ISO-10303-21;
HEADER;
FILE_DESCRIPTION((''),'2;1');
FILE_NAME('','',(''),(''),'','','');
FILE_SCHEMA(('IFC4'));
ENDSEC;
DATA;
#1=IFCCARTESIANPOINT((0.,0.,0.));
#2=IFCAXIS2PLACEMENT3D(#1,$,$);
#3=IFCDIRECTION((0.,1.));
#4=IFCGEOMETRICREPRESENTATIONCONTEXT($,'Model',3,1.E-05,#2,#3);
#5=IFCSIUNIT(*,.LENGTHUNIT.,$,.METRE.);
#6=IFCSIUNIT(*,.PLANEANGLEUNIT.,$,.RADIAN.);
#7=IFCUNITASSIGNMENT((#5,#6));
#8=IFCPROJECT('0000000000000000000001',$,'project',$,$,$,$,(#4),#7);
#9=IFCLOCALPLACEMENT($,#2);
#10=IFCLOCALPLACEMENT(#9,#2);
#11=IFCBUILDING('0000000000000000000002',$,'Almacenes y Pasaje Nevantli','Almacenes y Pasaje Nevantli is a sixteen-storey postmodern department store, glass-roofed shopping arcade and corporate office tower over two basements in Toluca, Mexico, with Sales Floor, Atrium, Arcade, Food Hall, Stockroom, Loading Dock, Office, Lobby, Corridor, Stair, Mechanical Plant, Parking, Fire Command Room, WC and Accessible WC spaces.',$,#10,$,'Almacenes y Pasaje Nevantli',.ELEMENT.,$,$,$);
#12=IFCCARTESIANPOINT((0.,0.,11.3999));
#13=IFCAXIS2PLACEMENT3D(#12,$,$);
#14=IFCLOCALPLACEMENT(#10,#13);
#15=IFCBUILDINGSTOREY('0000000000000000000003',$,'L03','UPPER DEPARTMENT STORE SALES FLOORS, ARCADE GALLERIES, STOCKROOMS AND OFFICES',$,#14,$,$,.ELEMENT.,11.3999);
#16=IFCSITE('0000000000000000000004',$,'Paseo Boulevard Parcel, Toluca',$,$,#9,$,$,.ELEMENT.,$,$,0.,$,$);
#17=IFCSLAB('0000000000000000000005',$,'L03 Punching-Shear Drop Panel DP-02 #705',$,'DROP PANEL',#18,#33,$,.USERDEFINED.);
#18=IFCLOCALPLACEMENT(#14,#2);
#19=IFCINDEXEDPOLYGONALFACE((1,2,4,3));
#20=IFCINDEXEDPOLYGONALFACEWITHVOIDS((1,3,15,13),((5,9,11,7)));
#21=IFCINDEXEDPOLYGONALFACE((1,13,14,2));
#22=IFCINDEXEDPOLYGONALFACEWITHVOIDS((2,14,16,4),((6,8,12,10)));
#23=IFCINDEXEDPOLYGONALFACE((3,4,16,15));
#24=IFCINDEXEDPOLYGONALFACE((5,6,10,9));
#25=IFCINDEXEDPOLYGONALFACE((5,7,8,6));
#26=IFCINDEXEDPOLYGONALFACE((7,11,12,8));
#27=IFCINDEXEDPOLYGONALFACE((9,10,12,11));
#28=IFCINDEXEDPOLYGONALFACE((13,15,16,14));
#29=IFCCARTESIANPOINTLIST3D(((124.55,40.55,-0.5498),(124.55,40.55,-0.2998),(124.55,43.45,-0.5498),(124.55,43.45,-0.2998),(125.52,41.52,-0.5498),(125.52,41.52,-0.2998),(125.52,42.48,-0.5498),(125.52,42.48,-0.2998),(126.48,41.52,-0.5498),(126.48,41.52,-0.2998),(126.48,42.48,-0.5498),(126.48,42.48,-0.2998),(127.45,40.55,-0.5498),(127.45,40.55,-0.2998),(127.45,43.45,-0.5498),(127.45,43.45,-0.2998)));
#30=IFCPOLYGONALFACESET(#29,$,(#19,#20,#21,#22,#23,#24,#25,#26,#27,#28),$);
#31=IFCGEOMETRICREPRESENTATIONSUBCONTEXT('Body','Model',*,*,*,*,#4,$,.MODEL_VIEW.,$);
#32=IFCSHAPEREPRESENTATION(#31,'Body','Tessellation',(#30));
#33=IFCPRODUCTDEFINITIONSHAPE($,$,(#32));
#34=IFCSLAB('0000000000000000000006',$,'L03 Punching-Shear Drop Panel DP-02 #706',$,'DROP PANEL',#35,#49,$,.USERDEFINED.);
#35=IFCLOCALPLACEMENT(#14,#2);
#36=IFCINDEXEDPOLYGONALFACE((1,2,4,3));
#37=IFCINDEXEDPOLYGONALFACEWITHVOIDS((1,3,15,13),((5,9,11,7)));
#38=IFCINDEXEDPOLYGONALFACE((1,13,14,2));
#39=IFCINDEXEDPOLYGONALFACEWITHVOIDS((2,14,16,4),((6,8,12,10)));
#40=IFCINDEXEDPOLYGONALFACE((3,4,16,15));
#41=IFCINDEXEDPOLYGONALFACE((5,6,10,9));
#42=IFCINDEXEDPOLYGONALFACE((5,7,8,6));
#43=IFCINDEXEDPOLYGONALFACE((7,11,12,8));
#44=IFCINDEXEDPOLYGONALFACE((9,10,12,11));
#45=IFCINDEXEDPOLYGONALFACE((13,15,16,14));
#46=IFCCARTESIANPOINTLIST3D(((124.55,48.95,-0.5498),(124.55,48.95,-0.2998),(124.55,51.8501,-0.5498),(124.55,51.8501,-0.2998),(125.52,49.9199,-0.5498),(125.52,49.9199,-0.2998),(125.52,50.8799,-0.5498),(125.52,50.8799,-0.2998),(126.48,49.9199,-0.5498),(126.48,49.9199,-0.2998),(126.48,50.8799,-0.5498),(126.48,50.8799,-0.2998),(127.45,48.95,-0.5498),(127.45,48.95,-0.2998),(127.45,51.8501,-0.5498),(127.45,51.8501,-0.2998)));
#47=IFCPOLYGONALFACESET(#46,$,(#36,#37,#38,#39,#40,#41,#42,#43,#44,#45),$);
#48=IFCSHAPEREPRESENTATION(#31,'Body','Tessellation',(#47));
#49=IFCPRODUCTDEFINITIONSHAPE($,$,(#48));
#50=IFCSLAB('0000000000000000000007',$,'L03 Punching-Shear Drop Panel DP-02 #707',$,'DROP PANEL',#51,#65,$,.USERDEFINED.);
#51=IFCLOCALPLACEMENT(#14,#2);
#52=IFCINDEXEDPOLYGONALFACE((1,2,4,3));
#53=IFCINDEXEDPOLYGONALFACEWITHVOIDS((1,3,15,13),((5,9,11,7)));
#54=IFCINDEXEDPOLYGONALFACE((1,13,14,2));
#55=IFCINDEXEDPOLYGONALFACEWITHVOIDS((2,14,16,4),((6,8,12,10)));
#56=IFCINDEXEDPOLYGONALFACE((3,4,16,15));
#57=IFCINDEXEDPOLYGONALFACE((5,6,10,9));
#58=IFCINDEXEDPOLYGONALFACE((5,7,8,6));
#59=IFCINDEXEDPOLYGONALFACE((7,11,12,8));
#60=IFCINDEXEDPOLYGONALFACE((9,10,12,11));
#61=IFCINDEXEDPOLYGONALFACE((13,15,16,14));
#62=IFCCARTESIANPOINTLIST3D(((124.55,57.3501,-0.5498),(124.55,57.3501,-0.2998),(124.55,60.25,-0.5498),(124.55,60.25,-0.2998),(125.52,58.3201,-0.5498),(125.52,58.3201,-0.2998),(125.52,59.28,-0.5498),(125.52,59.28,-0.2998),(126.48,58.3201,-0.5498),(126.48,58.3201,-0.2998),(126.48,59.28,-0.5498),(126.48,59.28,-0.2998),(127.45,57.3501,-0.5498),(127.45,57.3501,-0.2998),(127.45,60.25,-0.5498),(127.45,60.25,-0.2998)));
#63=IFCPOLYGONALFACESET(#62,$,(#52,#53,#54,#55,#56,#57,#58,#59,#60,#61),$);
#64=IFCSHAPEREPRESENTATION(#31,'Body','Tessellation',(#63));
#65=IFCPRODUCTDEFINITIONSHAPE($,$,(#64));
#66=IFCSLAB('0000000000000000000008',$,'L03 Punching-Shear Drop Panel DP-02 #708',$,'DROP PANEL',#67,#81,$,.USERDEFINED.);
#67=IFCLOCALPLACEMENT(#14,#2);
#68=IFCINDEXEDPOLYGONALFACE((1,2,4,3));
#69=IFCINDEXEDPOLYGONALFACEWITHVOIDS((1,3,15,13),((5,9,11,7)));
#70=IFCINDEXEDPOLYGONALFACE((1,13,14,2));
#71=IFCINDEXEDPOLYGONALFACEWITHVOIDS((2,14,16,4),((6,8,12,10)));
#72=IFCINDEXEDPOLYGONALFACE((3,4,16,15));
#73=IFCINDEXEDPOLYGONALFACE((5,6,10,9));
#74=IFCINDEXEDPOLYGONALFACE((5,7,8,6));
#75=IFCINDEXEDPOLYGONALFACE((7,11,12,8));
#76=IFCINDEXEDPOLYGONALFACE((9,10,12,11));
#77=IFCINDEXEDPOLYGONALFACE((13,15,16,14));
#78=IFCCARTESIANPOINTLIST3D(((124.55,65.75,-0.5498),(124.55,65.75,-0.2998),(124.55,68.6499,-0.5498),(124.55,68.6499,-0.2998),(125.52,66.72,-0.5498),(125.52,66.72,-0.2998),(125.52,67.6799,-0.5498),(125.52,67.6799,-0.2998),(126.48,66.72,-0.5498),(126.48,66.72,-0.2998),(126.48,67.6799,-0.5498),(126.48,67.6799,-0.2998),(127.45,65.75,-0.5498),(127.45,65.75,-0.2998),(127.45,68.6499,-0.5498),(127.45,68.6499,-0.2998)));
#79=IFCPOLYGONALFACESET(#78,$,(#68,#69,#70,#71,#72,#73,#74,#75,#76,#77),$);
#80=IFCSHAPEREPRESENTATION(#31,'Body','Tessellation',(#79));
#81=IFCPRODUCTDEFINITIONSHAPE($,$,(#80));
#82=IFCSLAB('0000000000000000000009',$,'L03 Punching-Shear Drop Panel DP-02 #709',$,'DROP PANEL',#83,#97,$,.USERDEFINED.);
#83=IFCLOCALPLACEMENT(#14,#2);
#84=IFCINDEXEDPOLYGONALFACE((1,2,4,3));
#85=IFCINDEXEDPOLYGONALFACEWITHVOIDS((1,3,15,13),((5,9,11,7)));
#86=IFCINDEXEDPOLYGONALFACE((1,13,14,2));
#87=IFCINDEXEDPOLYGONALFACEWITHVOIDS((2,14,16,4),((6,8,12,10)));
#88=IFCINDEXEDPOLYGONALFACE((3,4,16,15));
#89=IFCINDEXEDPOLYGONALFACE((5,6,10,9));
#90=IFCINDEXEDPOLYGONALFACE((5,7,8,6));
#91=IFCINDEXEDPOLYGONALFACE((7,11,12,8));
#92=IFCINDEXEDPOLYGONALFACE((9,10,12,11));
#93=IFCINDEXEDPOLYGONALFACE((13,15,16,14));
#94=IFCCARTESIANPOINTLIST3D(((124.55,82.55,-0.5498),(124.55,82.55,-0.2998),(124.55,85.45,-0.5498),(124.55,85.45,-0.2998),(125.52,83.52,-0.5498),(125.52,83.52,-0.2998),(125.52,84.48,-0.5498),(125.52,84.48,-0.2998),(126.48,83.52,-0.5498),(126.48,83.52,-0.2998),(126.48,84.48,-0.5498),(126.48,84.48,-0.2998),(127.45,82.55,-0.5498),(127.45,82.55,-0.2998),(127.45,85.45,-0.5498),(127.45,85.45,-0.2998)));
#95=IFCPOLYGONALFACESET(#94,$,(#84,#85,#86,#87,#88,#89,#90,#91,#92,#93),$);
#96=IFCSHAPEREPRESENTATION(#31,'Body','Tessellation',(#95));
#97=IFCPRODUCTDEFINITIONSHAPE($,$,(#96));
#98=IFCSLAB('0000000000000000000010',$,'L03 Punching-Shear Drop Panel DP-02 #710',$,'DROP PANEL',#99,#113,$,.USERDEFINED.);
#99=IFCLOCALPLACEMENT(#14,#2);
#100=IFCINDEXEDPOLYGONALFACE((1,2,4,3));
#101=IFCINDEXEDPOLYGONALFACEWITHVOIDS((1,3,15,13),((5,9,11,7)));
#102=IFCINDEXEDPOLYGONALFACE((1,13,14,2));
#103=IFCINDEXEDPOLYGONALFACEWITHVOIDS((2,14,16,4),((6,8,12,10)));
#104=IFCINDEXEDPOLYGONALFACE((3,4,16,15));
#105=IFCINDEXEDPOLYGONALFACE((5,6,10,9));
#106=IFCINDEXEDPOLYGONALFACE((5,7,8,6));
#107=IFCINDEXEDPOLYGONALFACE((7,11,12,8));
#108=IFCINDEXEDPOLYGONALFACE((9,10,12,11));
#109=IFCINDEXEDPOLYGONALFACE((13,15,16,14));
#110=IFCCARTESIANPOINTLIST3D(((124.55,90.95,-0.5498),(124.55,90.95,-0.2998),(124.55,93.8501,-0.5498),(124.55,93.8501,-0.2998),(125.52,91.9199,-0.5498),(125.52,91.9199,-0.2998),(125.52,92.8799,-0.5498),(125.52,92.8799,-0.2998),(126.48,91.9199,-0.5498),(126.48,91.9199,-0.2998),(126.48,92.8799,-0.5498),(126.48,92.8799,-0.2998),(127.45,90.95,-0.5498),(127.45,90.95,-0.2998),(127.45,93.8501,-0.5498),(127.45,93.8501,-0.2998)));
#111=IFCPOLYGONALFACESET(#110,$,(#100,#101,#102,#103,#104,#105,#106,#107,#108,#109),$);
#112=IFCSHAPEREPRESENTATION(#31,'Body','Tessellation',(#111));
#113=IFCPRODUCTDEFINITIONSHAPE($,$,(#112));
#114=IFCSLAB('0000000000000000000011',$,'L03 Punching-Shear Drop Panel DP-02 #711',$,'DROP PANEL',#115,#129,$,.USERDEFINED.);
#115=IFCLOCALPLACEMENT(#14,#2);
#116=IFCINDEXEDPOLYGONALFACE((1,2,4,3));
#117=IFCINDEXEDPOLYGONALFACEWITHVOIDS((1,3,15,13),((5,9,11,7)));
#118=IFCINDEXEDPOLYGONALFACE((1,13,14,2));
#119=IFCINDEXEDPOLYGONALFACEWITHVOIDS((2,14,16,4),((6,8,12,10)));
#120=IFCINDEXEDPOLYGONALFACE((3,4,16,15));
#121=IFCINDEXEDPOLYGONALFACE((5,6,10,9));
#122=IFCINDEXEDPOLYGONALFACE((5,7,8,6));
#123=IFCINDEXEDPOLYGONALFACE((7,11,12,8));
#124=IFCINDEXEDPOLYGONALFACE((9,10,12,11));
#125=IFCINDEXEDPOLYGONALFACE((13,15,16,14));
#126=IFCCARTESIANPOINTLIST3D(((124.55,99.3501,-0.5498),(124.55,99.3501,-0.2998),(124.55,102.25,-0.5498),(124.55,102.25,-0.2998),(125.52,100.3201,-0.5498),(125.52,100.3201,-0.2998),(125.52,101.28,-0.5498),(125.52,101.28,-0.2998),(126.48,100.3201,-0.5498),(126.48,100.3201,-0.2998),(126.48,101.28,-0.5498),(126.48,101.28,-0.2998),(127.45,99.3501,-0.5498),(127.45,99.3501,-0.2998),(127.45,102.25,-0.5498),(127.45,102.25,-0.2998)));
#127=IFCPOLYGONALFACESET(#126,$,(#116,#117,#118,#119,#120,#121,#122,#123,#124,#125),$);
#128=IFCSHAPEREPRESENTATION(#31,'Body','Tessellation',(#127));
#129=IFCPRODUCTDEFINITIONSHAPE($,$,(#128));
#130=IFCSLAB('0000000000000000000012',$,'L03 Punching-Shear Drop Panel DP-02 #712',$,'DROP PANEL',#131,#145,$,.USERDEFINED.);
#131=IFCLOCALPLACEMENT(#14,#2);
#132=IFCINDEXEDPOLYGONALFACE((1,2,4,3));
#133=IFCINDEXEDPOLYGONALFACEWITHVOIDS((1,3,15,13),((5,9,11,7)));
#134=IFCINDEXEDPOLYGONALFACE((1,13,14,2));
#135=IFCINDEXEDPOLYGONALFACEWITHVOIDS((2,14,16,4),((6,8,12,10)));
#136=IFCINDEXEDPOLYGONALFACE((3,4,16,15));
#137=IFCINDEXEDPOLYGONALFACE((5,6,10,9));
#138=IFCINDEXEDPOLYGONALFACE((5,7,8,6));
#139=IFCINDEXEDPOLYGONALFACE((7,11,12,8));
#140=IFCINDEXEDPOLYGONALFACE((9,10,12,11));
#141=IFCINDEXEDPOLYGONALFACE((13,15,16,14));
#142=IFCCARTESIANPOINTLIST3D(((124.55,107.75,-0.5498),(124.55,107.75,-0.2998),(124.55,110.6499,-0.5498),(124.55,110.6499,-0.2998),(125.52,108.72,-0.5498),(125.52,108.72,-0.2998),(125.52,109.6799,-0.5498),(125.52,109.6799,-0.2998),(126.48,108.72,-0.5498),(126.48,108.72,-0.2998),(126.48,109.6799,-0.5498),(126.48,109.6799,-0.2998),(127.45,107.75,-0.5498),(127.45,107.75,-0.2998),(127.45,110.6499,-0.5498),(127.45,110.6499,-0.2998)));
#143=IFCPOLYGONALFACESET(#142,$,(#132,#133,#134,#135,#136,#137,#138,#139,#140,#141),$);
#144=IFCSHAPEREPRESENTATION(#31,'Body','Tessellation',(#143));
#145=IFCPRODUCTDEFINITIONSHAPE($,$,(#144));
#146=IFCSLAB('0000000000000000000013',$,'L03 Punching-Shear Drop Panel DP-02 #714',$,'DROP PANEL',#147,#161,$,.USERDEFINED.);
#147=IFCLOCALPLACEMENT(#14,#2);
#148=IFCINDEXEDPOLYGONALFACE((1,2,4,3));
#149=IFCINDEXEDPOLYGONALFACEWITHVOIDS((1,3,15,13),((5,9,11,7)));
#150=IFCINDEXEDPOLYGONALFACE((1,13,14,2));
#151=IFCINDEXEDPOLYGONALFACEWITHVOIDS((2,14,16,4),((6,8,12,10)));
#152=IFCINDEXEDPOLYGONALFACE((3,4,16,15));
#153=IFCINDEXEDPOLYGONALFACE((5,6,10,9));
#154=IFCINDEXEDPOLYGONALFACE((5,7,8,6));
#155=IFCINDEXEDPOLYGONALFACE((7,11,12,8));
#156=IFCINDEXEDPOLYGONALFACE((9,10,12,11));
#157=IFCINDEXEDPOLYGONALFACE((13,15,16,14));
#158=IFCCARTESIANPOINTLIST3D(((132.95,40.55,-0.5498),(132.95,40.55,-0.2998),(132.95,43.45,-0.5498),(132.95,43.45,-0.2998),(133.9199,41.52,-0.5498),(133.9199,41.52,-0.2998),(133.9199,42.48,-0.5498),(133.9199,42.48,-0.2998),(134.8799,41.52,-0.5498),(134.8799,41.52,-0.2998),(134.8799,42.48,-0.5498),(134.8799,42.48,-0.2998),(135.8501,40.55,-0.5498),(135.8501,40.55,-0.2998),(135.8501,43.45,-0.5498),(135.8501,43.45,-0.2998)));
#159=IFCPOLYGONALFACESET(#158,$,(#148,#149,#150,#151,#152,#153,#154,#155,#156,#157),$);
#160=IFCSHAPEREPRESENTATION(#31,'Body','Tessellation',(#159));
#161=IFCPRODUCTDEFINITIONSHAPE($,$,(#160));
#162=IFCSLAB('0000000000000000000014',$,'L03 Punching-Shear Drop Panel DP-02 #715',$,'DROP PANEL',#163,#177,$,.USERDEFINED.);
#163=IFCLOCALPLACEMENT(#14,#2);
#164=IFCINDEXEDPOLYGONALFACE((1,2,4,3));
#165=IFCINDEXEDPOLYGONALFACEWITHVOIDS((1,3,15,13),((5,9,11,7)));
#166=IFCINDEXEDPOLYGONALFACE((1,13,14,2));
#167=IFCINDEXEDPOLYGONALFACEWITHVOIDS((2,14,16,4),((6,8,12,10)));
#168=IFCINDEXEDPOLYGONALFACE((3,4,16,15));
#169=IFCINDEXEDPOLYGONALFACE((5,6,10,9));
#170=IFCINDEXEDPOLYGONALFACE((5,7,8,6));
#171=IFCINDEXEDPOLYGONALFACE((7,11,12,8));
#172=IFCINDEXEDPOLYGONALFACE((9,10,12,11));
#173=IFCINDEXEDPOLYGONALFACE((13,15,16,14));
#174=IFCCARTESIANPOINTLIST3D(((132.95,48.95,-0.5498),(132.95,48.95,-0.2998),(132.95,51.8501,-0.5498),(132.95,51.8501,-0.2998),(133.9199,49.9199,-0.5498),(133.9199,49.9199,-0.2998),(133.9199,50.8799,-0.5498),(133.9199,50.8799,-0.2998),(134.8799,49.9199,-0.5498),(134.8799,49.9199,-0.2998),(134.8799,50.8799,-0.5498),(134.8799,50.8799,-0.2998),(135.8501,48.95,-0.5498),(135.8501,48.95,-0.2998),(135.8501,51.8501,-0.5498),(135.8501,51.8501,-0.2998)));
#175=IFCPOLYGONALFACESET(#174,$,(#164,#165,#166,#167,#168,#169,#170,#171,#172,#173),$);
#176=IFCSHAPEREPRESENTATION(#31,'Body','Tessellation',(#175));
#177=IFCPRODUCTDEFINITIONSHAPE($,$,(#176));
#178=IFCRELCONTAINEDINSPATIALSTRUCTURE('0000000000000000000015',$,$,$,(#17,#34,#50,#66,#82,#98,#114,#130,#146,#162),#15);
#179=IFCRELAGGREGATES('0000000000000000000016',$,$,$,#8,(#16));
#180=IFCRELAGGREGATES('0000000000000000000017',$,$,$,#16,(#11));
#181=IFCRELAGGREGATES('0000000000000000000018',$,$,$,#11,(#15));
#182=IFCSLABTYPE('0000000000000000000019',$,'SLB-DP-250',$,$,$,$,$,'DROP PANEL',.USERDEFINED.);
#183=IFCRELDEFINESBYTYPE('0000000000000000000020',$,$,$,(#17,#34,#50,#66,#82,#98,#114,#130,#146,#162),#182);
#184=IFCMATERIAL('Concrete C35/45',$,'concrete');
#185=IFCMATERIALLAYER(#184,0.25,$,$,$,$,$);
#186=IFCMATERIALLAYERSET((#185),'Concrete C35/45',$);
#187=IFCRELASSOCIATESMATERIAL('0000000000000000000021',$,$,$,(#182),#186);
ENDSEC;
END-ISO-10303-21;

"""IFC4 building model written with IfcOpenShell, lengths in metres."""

from ifc_helpers import new_model, si_unit, direction, frame, origin, place, context, subcontext, project, spatial, polyline, outline, extrude, material, layer, layer_set, type_object, element, save


model = new_model("IFC4")

# Units and contexts
model_context = context("Model", 3, precision=1e-05, world=origin(), true_north=direction((0.0, 1.0)))
body_context = subcontext(model_context, "Body", "Model", "MODEL_VIEW")
ifc_project = project(units=[si_unit("LENGTHUNIT", "METRE"), si_unit("PLANEANGLEUNIT", "RADIAN")], contexts=[model_context])

# Site, building, storey
site_placement = place(None, origin())
site = spatial("IfcSite", under=ifc_project, at=site_placement, Name="Paseo Boulevard Parcel, Toluca", CompositionType="ELEMENT", RefElevation=0.0)
building_placement = place(site_placement, origin())
building = spatial("IfcBuilding", under=site, at=building_placement, Name="Almacenes y Pasaje Nevantli", Description="Almacenes y Pasaje Nevantli is a sixteen-storey postmodern department store, glass-roofed shopping arcade and corporate office tower over two basements in Toluca, Mexico, with Sales Floor, Atrium, Arcade, Food Hall, Stockroom, Loading Dock, Office, Lobby, Corridor, Stair, Mechanical Plant, Parking, Fire Command Room, WC and Accessible WC spaces.", LongName="Almacenes y Pasaje Nevantli", CompositionType="ELEMENT")
storey_placement = place(building_placement, frame((0.0, 0.0, 11.3999)))
storey = spatial("IfcBuildingStorey", under=building, at=storey_placement, Name="L03", Description="UPPER DEPARTMENT STORE SALES FLOORS, ARCADE GALLERIES, STOCKROOMS AND OFFICES", CompositionType="ELEMENT", Elevation=11.3999)

# Slabs
ifc_material_1 = material(Name="Concrete C35/45", Category="concrete")
ifc_layer_1 = layer(ifc_material_1, 0.25)
ifc_layer_set_1 = layer_set([ifc_layer_1], Name="Concrete C35/45")
slab_type_1 = type_object("IfcSlabType", Name="SLB-DP-250", ElementType="DROP PANEL", PredefinedType="USERDEFINED", material=ifc_layer_set_1)
slab_1_placement = place(storey_placement, frame((0.0, 0.0, -0.5498)))
element("IfcSlab", 1, at=slab_1_placement, inside=storey, type_object=slab_type_1, Name="L03 Punching-Shear Drop Panel DP-02 #705", ObjectType="DROP PANEL", PredefinedType="USERDEFINED", context=body_context, shape_type="SweptSolid", body=[
    extrude(outline(polyline([(124.55, 40.55), (127.45, 40.55), (127.45, 43.45), (124.55, 43.45), (124.55, 40.55)]), holes=[polyline([(125.52, 41.52), (126.48, 41.52), (126.48, 42.48), (125.52, 42.48), (125.52, 41.52)])]), origin(), (0.0, 0.0, 1.0), 0.25),
])
slab_2_placement = place(storey_placement, frame((0.0, 0.0, -0.5498)))
element("IfcSlab", 2, at=slab_2_placement, inside=storey, type_object=slab_type_1, Name="L03 Punching-Shear Drop Panel DP-02 #706", ObjectType="DROP PANEL", PredefinedType="USERDEFINED", context=body_context, shape_type="SweptSolid", body=[
    extrude(outline(polyline([(124.55, 48.95), (127.45, 48.95), (127.45, 51.8501), (124.55, 51.8501), (124.55, 48.95)]), holes=[polyline([(125.52, 49.9199), (126.48, 49.9199), (126.48, 50.8799), (125.52, 50.8799), (125.52, 49.9199)])]), origin(), (0.0, 0.0, 1.0), 0.25),
])
slab_3_placement = place(storey_placement, frame((0.0, 0.0, -0.5498)))
element("IfcSlab", 3, at=slab_3_placement, inside=storey, type_object=slab_type_1, Name="L03 Punching-Shear Drop Panel DP-02 #707", ObjectType="DROP PANEL", PredefinedType="USERDEFINED", context=body_context, shape_type="SweptSolid", body=[
    extrude(outline(polyline([(124.55, 57.3501), (127.45, 57.3501), (127.45, 60.25), (124.55, 60.25), (124.55, 57.3501)]), holes=[polyline([(125.52, 58.3201), (126.48, 58.3201), (126.48, 59.28), (125.52, 59.28), (125.52, 58.3201)])]), origin(), (0.0, 0.0, 1.0), 0.25),
])
slab_4_placement = place(storey_placement, frame((0.0, 0.0, -0.5498)))
element("IfcSlab", 4, at=slab_4_placement, inside=storey, type_object=slab_type_1, Name="L03 Punching-Shear Drop Panel DP-02 #708", ObjectType="DROP PANEL", PredefinedType="USERDEFINED", context=body_context, shape_type="SweptSolid", body=[
    extrude(outline(polyline([(124.55, 65.75), (127.45, 65.75), (127.45, 68.6499), (124.55, 68.6499), (124.55, 65.75)]), holes=[polyline([(125.52, 66.72), (126.48, 66.72), (126.48, 67.6799), (125.52, 67.6799), (125.52, 66.72)])]), origin(), (0.0, 0.0, 1.0), 0.25),
])
slab_5_placement = place(storey_placement, frame((0.0, 0.0, -0.5498)))
element("IfcSlab", 5, at=slab_5_placement, inside=storey, type_object=slab_type_1, Name="L03 Punching-Shear Drop Panel DP-02 #709", ObjectType="DROP PANEL", PredefinedType="USERDEFINED", context=body_context, shape_type="SweptSolid", body=[
    extrude(outline(polyline([(124.55, 82.55), (127.45, 82.55), (127.45, 85.45), (124.55, 85.45), (124.55, 82.55)]), holes=[polyline([(125.52, 83.52), (126.48, 83.52), (126.48, 84.48), (125.52, 84.48), (125.52, 83.52)])]), origin(), (0.0, 0.0, 1.0), 0.25),
])
slab_6_placement = place(storey_placement, frame((0.0, 0.0, -0.5498)))
element("IfcSlab", 6, at=slab_6_placement, inside=storey, type_object=slab_type_1, Name="L03 Punching-Shear Drop Panel DP-02 #710", ObjectType="DROP PANEL", PredefinedType="USERDEFINED", context=body_context, shape_type="SweptSolid", body=[
    extrude(outline(polyline([(124.55, 90.95), (127.45, 90.95), (127.45, 93.8501), (124.55, 93.8501), (124.55, 90.95)]), holes=[polyline([(125.52, 91.9199), (126.48, 91.9199), (126.48, 92.8799), (125.52, 92.8799), (125.52, 91.9199)])]), origin(), (0.0, 0.0, 1.0), 0.25),
])
slab_7_placement = place(storey_placement, frame((0.0, 0.0, -0.5498)))
element("IfcSlab", 7, at=slab_7_placement, inside=storey, type_object=slab_type_1, Name="L03 Punching-Shear Drop Panel DP-02 #711", ObjectType="DROP PANEL", PredefinedType="USERDEFINED", context=body_context, shape_type="SweptSolid", body=[
    extrude(outline(polyline([(124.55, 99.3501), (127.45, 99.3501), (127.45, 102.25), (124.55, 102.25), (124.55, 99.3501)]), holes=[polyline([(125.52, 100.3201), (126.48, 100.3201), (126.48, 101.28), (125.52, 101.28), (125.52, 100.3201)])]), origin(), (0.0, 0.0, 1.0), 0.25),
])
slab_8_placement = place(storey_placement, frame((0.0, 0.0, -0.5498)))
element("IfcSlab", 8, at=slab_8_placement, inside=storey, type_object=slab_type_1, Name="L03 Punching-Shear Drop Panel DP-02 #712", ObjectType="DROP PANEL", PredefinedType="USERDEFINED", context=body_context, shape_type="SweptSolid", body=[
    extrude(outline(polyline([(124.55, 107.75), (127.45, 107.75), (127.45, 110.6499), (124.55, 110.6499), (124.55, 107.75)]), holes=[polyline([(125.52, 108.72), (126.48, 108.72), (126.48, 109.6799), (125.52, 109.6799), (125.52, 108.72)])]), origin(), (0.0, 0.0, 1.0), 0.25),
])
slab_9_placement = place(storey_placement, frame((0.0, 0.0, -0.5498)))
element("IfcSlab", 9, at=slab_9_placement, inside=storey, type_object=slab_type_1, Name="L03 Punching-Shear Drop Panel DP-02 #714", ObjectType="DROP PANEL", PredefinedType="USERDEFINED", context=body_context, shape_type="SweptSolid", body=[
    extrude(outline(polyline([(132.95, 40.55), (135.8501, 40.55), (135.8501, 43.45), (132.95, 43.45), (132.95, 40.55)]), holes=[polyline([(133.9199, 41.52), (134.8799, 41.52), (134.8799, 42.48), (133.9199, 42.48), (133.9199, 41.52)])]), origin(), (0.0, 0.0, 1.0), 0.25),
])
slab_10_placement = place(storey_placement, frame((0.0, 0.0, -0.5498)))
element("IfcSlab", 10, at=slab_10_placement, inside=storey, type_object=slab_type_1, Name="L03 Punching-Shear Drop Panel DP-02 #715", ObjectType="DROP PANEL", PredefinedType="USERDEFINED", context=body_context, shape_type="SweptSolid", body=[
    extrude(outline(polyline([(132.95, 48.95), (135.8501, 48.95), (135.8501, 51.8501), (132.95, 51.8501), (132.95, 48.95)]), holes=[polyline([(133.9199, 49.9199), (134.8799, 49.9199), (134.8799, 50.8799), (133.9199, 50.8799), (133.9199, 49.9199)])]), origin(), (0.0, 0.0, 1.0), 0.25),
])

save(model, "model.ifc")
